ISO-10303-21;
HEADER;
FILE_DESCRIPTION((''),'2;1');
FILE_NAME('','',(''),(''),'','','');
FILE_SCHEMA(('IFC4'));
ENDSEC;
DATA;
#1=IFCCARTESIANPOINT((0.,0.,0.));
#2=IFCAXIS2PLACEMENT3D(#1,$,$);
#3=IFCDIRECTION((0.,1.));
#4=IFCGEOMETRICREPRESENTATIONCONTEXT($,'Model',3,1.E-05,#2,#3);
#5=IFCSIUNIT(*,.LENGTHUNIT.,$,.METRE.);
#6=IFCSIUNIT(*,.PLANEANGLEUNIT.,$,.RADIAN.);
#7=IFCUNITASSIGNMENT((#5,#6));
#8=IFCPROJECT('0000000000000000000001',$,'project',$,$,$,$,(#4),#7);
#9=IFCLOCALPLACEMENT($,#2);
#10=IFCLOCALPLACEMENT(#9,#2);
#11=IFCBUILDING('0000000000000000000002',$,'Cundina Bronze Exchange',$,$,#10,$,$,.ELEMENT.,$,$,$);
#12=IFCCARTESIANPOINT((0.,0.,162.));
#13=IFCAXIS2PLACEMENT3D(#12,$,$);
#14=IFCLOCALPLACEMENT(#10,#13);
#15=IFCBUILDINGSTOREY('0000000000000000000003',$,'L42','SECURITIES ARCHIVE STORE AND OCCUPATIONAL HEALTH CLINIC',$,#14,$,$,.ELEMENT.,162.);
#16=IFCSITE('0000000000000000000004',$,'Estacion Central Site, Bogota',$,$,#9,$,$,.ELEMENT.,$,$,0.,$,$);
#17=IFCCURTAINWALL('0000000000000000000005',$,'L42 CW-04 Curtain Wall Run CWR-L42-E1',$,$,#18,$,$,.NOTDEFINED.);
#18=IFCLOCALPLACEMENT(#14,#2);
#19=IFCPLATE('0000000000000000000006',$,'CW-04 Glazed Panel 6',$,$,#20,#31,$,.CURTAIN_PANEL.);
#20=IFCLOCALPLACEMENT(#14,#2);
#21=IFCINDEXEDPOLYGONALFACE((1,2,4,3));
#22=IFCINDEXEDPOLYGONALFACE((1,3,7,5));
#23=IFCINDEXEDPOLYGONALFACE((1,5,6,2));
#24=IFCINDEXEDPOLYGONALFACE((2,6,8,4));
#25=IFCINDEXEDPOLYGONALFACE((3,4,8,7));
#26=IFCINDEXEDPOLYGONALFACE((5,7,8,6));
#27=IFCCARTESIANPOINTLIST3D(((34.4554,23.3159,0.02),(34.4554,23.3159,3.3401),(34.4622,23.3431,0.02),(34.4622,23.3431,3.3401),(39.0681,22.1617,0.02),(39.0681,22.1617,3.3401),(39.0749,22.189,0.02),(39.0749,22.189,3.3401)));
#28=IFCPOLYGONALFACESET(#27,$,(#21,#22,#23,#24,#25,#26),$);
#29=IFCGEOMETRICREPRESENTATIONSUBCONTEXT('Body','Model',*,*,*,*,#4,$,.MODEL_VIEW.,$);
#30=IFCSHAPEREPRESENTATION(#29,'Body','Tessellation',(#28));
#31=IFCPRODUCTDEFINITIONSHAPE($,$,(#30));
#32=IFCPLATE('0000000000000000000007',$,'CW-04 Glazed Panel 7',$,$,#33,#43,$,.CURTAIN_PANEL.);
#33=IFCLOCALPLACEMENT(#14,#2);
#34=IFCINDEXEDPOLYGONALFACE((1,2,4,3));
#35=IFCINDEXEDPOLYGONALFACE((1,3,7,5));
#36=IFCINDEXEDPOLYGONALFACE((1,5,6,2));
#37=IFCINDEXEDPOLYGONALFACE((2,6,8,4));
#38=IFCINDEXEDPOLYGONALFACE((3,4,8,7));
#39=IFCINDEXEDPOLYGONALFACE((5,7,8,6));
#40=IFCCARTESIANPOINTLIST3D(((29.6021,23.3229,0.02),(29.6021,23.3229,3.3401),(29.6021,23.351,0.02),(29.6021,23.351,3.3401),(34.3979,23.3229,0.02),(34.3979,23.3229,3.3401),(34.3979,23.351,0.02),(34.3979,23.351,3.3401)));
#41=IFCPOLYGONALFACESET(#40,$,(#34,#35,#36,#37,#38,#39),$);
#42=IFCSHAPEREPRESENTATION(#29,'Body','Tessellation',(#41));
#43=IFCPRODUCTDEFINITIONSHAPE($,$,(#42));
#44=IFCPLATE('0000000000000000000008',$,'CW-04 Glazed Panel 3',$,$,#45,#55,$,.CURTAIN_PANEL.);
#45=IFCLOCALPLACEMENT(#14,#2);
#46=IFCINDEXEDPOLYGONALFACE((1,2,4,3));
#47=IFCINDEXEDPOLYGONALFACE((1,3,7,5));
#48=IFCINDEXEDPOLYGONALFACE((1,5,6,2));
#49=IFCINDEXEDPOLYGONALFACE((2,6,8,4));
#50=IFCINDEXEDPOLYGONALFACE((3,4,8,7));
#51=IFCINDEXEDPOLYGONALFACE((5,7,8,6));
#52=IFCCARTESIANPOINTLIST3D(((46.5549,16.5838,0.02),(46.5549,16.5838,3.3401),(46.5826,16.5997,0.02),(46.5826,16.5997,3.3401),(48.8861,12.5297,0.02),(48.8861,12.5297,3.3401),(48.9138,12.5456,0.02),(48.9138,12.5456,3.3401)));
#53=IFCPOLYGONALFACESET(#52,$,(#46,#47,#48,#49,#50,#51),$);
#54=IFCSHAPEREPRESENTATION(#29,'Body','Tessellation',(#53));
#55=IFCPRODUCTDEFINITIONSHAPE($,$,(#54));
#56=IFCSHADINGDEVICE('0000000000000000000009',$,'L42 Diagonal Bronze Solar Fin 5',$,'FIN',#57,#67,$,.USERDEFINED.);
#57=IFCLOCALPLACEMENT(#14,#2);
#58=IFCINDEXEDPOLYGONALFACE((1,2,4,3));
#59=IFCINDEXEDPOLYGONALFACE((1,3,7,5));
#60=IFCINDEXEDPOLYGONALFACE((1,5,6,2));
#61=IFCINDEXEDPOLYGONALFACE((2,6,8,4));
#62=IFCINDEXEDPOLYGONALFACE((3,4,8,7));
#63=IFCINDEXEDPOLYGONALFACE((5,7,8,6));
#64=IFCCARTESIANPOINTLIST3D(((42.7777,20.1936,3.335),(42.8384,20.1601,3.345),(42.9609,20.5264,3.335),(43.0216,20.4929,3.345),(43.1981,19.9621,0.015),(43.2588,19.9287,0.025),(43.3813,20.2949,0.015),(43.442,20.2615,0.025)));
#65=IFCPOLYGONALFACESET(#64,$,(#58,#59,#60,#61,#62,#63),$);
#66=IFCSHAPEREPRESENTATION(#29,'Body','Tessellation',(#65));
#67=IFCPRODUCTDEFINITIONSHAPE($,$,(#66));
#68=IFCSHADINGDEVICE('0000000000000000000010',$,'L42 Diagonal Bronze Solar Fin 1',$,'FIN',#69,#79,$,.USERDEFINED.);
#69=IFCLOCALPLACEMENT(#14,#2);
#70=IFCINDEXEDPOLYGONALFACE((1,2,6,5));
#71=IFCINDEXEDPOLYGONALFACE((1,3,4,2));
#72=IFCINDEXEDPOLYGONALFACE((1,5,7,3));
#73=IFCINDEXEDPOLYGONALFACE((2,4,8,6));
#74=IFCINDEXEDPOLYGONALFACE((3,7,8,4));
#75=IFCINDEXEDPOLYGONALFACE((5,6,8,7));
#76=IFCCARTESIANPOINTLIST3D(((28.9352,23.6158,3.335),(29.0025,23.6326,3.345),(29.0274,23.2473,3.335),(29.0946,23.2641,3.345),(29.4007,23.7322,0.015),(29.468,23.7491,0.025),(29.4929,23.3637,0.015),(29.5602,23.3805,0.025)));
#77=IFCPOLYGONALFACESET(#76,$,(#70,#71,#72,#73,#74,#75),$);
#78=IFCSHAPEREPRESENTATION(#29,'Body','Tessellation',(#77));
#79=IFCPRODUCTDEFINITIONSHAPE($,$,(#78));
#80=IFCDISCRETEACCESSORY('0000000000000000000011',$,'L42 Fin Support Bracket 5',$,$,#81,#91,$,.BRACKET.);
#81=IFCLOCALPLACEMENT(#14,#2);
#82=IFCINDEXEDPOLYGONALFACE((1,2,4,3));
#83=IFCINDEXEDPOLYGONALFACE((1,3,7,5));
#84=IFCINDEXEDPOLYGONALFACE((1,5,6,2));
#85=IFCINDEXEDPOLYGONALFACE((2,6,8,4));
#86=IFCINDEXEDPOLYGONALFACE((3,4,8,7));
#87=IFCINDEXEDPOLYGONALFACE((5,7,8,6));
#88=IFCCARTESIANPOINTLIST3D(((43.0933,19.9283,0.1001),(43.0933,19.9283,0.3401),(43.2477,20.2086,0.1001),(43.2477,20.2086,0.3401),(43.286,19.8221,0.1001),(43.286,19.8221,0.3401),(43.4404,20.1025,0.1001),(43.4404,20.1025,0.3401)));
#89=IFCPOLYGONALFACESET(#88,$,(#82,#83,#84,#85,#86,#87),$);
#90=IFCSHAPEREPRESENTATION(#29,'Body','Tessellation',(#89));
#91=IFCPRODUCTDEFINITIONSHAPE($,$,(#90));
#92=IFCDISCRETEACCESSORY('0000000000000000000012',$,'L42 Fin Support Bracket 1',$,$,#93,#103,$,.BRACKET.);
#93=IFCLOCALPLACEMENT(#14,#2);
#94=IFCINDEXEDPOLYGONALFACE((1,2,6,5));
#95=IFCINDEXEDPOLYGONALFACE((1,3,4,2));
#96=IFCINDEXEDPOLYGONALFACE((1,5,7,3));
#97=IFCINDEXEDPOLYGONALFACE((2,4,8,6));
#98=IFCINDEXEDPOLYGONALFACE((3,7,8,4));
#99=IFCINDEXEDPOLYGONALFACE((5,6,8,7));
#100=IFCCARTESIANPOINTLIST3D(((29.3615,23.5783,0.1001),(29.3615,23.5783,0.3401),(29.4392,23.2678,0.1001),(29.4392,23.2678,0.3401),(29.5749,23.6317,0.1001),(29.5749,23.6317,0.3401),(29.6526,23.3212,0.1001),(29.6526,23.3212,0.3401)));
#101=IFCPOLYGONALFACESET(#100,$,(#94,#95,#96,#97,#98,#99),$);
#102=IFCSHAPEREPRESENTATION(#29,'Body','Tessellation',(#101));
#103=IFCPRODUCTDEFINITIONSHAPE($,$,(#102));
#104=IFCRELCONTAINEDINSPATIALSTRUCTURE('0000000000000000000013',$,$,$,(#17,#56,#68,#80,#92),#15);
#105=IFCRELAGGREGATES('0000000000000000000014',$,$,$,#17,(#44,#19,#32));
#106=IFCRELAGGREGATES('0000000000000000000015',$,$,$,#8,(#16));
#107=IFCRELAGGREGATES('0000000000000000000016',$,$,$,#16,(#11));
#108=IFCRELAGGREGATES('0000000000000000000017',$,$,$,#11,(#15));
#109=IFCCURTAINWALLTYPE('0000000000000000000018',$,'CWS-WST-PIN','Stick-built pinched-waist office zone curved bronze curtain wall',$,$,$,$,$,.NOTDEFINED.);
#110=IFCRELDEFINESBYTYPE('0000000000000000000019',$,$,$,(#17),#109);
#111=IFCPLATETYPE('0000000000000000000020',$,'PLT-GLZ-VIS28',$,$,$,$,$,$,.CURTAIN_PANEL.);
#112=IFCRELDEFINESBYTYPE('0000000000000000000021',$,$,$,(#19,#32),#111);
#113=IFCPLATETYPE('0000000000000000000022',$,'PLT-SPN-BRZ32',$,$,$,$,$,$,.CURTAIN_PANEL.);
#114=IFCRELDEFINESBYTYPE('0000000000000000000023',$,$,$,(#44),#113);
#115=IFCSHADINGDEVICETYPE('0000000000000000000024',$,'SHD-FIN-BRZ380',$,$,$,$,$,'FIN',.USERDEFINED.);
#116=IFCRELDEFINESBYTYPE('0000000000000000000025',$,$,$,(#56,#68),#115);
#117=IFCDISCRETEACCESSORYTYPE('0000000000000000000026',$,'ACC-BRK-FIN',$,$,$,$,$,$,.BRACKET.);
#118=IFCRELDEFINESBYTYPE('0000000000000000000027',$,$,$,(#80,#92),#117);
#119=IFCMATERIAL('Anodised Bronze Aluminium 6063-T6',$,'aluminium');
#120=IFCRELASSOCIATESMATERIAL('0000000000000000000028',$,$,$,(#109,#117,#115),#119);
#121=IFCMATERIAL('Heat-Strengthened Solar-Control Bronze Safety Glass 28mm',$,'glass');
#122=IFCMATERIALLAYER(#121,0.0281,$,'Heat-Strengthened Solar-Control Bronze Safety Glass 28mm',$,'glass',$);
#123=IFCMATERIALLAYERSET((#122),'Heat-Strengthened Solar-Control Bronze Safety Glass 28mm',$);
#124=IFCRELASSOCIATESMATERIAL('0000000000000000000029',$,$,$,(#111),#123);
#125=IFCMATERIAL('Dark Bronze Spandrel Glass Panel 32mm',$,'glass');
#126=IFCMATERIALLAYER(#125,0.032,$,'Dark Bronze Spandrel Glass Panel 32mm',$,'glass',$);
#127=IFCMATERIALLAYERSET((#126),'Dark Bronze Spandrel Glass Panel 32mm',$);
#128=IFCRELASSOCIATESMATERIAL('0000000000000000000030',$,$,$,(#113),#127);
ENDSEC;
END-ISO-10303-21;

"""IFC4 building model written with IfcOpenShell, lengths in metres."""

from ifc_helpers import new_model, si_unit, direction, frame, origin, origin_2d, place, context, subcontext, project, spatial, rectangle, extrude, material, layer, layer_set, material_profile, profile_set, type_object, element, aggregate, save


model = new_model("IFC4")

# Units and contexts
model_context = context("Model", 3, precision=1e-05, world=origin(), true_north=direction((0.0, 1.0)))
body_context = subcontext(model_context, "Body", "Model", "MODEL_VIEW")
ifc_project = project(units=[si_unit("LENGTHUNIT", "METRE"), si_unit("PLANEANGLEUNIT", "RADIAN")], contexts=[model_context])

# Site, building, storey
site_placement = place(None, origin())
site = spatial("IfcSite", under=ifc_project, at=site_placement, Name="Estacion Central Site, Bogota", CompositionType="ELEMENT", RefElevation=0.0)
building_placement = place(site_placement, origin())
building = spatial("IfcBuilding", under=site, at=building_placement, Name="Cundina Bronze Exchange", CompositionType="ELEMENT")
storey_placement = place(building_placement, frame((0.0, 0.0, 162.0)))
storey = spatial("IfcBuildingStorey", under=building, at=storey_placement, Name="L42", Description="SECURITIES ARCHIVE STORE AND OCCUPATIONAL HEALTH CLINIC", CompositionType="ELEMENT", Elevation=162.0)

# Curtain wall
ifc_material_1 = material(Name="Anodised Bronze Aluminium 6063-T6", Category="aluminium")
curtain_wall_type = type_object("IfcCurtainWallType", Name="CWS-WST-PIN", Description="Stick-built pinched-waist office zone curved bronze curtain wall", PredefinedType="NOTDEFINED", material=ifc_material_1)
curtain_wall_1_placement = place(storey_placement, origin())
curtain_wall_1 = element("IfcCurtainWall", 1, at=curtain_wall_1_placement, inside=storey, type_object=curtain_wall_type, Name="L42 CW-04 Curtain Wall Run CWR-L42-E1", PredefinedType="NOTDEFINED")

# Plates
ifc_material_2 = material(Name="Heat-Strengthened Solar-Control Bronze Safety Glass 28mm", Category="glass")
ifc_layer_1 = layer(ifc_material_2, 0.0281, Name="Heat-Strengthened Solar-Control Bronze Safety Glass 28mm", Category="glass")
ifc_layer_set_1 = layer_set([ifc_layer_1], Name="Heat-Strengthened Solar-Control Bronze Safety Glass 28mm")
plate_type_1 = type_object("IfcPlateType", Name="PLT-GLZ-VIS28", PredefinedType="CURTAIN_PANEL", material=ifc_layer_set_1)
plate_1_placement = place(storey_placement, frame((36.7651, 22.7524, 0.02), z_axis=(0.0, 0.0, 1.0), x_axis=(-0.970093, 0.242735, 0.0)))
plate_1 = element("IfcPlate", 2, at=plate_1_placement, type_object=plate_type_1, Name="CW-04 Glazed Panel 6", PredefinedType="CURTAIN_PANEL", context=body_context, shape_type="SweptSolid", body=[
    extrude(rectangle(XDim=4.7549, YDim=0.0281, at=origin_2d()), origin(), (0.0, 0.0, 1.0), 3.3201),
])
plate_2_placement = place(storey_placement, frame((32.0, 23.3369, 0.02), z_axis=(0.0, 0.0, 1.0), x_axis=(-1.0, 0.0, 0.0)))
plate_2 = element("IfcPlate", 3, at=plate_2_placement, type_object=plate_type_1, Name="CW-04 Glazed Panel 7", PredefinedType="CURTAIN_PANEL", context=body_context, shape_type="SweptSolid", body=[
    extrude(rectangle(XDim=4.7959, YDim=0.0281, at=origin_2d()), origin(), (0.0, 0.0, 1.0), 3.3201),
])
ifc_material_3 = material(Name="Dark Bronze Spandrel Glass Panel 32mm", Category="glass")
ifc_layer_2 = layer(ifc_material_3, 0.032, Name="Dark Bronze Spandrel Glass Panel 32mm", Category="glass")
ifc_layer_set_2 = layer_set([ifc_layer_2], Name="Dark Bronze Spandrel Glass Panel 32mm")
plate_type_2 = type_object("IfcPlateType", Name="PLT-SPN-BRZ32", PredefinedType="CURTAIN_PANEL", material=ifc_layer_set_2)
plate_3_placement = place(storey_placement, frame((47.7344, 14.5647, 0.02), z_axis=(0.0, 0.0, 1.0), x_axis=(-0.498488, 0.866897, 0.0)))
plate_3 = element("IfcPlate", 4, at=plate_3_placement, type_object=plate_type_2, Name="CW-04 Glazed Panel 3", PredefinedType="CURTAIN_PANEL", context=body_context, shape_type="SweptSolid", body=[
    extrude(rectangle(XDim=4.6765, YDim=0.032, at=origin_2d()), origin(), (0.0, 0.0, 1.0), 3.3201),
])
aggregate(curtain_wall_1, [plate_3, plate_1, plate_2])

# Shading devices
ifc_material_profile_1 = material_profile(ifc_material_1, rectangle(XDim=0.0701, YDim=0.3799, at=origin_2d()), Name="FIN70X380", Category="aluminium")
ifc_profile_set_1 = profile_set([ifc_material_profile_1], Name="Anodised Bronze Aluminium 6063-T6")
shading_device_type = type_object("IfcShadingDeviceType", Name="SHD-FIN-BRZ380", ElementType="FIN", PredefinedType="USERDEFINED", material=ifc_profile_set_1)
for number, where, z_axis, x_axis, name in (
    (5, (43.3201, 20.1118, 0.02), (-0.125324, 0.068994, 0.989714), (0.867012, -0.47731, 0.143061), "L42 Diagonal Bronze Solar Fin 5"),
    (6, (29.4805, 23.5564, 0.02), (-0.138788, -0.034715, 0.989713), (0.960133, 0.240159, 0.143064), "L42 Diagonal Bronze Solar Fin 1"),
):
    element("IfcShadingDevice", number, at=place(storey_placement, frame(where, z_axis=z_axis, x_axis=x_axis)), inside=storey, type_object=shading_device_type, Name=name, ObjectType="FIN", PredefinedType="USERDEFINED", context=body_context, shape_type="SweptSolid", body=[
        extrude(rectangle(XDim=0.0701, YDim=0.3799, at=origin_2d()), origin(), (0.0, 0.0, 1.0), 3.3545),
    ])

# Discrete accessories
discrete_accessory_type = type_object("IfcDiscreteAccessoryType", Name="ACC-BRK-FIN", PredefinedType="BRACKET", material=ifc_material_1)
for number, where, z_axis, x_axis, name in (
    (7, (43.2668, 20.0154, 0.1001), (0.0, 0.0, 1.0), (-0.875869, 0.482549, 0.0), "L42 Fin Support Bracket 5"),
    (8, (29.5071, 23.4497, 0.1001), (0.0, 0.0, 1.0), (-0.970093, -0.242735, 0.0), "L42 Fin Support Bracket 1"),
):
    element("IfcDiscreteAccessory", number, at=place(storey_placement, frame(where, z_axis=z_axis, x_axis=x_axis)), inside=storey, type_object=discrete_accessory_type, Name=name, PredefinedType="BRACKET", context=body_context, shape_type="SweptSolid", body=[
        extrude(rectangle(XDim=0.22, YDim=0.3201, at=origin_2d()), origin(), (0.0, 0.0, 1.0), 0.24),
    ])

save(model, "model.ifc")
